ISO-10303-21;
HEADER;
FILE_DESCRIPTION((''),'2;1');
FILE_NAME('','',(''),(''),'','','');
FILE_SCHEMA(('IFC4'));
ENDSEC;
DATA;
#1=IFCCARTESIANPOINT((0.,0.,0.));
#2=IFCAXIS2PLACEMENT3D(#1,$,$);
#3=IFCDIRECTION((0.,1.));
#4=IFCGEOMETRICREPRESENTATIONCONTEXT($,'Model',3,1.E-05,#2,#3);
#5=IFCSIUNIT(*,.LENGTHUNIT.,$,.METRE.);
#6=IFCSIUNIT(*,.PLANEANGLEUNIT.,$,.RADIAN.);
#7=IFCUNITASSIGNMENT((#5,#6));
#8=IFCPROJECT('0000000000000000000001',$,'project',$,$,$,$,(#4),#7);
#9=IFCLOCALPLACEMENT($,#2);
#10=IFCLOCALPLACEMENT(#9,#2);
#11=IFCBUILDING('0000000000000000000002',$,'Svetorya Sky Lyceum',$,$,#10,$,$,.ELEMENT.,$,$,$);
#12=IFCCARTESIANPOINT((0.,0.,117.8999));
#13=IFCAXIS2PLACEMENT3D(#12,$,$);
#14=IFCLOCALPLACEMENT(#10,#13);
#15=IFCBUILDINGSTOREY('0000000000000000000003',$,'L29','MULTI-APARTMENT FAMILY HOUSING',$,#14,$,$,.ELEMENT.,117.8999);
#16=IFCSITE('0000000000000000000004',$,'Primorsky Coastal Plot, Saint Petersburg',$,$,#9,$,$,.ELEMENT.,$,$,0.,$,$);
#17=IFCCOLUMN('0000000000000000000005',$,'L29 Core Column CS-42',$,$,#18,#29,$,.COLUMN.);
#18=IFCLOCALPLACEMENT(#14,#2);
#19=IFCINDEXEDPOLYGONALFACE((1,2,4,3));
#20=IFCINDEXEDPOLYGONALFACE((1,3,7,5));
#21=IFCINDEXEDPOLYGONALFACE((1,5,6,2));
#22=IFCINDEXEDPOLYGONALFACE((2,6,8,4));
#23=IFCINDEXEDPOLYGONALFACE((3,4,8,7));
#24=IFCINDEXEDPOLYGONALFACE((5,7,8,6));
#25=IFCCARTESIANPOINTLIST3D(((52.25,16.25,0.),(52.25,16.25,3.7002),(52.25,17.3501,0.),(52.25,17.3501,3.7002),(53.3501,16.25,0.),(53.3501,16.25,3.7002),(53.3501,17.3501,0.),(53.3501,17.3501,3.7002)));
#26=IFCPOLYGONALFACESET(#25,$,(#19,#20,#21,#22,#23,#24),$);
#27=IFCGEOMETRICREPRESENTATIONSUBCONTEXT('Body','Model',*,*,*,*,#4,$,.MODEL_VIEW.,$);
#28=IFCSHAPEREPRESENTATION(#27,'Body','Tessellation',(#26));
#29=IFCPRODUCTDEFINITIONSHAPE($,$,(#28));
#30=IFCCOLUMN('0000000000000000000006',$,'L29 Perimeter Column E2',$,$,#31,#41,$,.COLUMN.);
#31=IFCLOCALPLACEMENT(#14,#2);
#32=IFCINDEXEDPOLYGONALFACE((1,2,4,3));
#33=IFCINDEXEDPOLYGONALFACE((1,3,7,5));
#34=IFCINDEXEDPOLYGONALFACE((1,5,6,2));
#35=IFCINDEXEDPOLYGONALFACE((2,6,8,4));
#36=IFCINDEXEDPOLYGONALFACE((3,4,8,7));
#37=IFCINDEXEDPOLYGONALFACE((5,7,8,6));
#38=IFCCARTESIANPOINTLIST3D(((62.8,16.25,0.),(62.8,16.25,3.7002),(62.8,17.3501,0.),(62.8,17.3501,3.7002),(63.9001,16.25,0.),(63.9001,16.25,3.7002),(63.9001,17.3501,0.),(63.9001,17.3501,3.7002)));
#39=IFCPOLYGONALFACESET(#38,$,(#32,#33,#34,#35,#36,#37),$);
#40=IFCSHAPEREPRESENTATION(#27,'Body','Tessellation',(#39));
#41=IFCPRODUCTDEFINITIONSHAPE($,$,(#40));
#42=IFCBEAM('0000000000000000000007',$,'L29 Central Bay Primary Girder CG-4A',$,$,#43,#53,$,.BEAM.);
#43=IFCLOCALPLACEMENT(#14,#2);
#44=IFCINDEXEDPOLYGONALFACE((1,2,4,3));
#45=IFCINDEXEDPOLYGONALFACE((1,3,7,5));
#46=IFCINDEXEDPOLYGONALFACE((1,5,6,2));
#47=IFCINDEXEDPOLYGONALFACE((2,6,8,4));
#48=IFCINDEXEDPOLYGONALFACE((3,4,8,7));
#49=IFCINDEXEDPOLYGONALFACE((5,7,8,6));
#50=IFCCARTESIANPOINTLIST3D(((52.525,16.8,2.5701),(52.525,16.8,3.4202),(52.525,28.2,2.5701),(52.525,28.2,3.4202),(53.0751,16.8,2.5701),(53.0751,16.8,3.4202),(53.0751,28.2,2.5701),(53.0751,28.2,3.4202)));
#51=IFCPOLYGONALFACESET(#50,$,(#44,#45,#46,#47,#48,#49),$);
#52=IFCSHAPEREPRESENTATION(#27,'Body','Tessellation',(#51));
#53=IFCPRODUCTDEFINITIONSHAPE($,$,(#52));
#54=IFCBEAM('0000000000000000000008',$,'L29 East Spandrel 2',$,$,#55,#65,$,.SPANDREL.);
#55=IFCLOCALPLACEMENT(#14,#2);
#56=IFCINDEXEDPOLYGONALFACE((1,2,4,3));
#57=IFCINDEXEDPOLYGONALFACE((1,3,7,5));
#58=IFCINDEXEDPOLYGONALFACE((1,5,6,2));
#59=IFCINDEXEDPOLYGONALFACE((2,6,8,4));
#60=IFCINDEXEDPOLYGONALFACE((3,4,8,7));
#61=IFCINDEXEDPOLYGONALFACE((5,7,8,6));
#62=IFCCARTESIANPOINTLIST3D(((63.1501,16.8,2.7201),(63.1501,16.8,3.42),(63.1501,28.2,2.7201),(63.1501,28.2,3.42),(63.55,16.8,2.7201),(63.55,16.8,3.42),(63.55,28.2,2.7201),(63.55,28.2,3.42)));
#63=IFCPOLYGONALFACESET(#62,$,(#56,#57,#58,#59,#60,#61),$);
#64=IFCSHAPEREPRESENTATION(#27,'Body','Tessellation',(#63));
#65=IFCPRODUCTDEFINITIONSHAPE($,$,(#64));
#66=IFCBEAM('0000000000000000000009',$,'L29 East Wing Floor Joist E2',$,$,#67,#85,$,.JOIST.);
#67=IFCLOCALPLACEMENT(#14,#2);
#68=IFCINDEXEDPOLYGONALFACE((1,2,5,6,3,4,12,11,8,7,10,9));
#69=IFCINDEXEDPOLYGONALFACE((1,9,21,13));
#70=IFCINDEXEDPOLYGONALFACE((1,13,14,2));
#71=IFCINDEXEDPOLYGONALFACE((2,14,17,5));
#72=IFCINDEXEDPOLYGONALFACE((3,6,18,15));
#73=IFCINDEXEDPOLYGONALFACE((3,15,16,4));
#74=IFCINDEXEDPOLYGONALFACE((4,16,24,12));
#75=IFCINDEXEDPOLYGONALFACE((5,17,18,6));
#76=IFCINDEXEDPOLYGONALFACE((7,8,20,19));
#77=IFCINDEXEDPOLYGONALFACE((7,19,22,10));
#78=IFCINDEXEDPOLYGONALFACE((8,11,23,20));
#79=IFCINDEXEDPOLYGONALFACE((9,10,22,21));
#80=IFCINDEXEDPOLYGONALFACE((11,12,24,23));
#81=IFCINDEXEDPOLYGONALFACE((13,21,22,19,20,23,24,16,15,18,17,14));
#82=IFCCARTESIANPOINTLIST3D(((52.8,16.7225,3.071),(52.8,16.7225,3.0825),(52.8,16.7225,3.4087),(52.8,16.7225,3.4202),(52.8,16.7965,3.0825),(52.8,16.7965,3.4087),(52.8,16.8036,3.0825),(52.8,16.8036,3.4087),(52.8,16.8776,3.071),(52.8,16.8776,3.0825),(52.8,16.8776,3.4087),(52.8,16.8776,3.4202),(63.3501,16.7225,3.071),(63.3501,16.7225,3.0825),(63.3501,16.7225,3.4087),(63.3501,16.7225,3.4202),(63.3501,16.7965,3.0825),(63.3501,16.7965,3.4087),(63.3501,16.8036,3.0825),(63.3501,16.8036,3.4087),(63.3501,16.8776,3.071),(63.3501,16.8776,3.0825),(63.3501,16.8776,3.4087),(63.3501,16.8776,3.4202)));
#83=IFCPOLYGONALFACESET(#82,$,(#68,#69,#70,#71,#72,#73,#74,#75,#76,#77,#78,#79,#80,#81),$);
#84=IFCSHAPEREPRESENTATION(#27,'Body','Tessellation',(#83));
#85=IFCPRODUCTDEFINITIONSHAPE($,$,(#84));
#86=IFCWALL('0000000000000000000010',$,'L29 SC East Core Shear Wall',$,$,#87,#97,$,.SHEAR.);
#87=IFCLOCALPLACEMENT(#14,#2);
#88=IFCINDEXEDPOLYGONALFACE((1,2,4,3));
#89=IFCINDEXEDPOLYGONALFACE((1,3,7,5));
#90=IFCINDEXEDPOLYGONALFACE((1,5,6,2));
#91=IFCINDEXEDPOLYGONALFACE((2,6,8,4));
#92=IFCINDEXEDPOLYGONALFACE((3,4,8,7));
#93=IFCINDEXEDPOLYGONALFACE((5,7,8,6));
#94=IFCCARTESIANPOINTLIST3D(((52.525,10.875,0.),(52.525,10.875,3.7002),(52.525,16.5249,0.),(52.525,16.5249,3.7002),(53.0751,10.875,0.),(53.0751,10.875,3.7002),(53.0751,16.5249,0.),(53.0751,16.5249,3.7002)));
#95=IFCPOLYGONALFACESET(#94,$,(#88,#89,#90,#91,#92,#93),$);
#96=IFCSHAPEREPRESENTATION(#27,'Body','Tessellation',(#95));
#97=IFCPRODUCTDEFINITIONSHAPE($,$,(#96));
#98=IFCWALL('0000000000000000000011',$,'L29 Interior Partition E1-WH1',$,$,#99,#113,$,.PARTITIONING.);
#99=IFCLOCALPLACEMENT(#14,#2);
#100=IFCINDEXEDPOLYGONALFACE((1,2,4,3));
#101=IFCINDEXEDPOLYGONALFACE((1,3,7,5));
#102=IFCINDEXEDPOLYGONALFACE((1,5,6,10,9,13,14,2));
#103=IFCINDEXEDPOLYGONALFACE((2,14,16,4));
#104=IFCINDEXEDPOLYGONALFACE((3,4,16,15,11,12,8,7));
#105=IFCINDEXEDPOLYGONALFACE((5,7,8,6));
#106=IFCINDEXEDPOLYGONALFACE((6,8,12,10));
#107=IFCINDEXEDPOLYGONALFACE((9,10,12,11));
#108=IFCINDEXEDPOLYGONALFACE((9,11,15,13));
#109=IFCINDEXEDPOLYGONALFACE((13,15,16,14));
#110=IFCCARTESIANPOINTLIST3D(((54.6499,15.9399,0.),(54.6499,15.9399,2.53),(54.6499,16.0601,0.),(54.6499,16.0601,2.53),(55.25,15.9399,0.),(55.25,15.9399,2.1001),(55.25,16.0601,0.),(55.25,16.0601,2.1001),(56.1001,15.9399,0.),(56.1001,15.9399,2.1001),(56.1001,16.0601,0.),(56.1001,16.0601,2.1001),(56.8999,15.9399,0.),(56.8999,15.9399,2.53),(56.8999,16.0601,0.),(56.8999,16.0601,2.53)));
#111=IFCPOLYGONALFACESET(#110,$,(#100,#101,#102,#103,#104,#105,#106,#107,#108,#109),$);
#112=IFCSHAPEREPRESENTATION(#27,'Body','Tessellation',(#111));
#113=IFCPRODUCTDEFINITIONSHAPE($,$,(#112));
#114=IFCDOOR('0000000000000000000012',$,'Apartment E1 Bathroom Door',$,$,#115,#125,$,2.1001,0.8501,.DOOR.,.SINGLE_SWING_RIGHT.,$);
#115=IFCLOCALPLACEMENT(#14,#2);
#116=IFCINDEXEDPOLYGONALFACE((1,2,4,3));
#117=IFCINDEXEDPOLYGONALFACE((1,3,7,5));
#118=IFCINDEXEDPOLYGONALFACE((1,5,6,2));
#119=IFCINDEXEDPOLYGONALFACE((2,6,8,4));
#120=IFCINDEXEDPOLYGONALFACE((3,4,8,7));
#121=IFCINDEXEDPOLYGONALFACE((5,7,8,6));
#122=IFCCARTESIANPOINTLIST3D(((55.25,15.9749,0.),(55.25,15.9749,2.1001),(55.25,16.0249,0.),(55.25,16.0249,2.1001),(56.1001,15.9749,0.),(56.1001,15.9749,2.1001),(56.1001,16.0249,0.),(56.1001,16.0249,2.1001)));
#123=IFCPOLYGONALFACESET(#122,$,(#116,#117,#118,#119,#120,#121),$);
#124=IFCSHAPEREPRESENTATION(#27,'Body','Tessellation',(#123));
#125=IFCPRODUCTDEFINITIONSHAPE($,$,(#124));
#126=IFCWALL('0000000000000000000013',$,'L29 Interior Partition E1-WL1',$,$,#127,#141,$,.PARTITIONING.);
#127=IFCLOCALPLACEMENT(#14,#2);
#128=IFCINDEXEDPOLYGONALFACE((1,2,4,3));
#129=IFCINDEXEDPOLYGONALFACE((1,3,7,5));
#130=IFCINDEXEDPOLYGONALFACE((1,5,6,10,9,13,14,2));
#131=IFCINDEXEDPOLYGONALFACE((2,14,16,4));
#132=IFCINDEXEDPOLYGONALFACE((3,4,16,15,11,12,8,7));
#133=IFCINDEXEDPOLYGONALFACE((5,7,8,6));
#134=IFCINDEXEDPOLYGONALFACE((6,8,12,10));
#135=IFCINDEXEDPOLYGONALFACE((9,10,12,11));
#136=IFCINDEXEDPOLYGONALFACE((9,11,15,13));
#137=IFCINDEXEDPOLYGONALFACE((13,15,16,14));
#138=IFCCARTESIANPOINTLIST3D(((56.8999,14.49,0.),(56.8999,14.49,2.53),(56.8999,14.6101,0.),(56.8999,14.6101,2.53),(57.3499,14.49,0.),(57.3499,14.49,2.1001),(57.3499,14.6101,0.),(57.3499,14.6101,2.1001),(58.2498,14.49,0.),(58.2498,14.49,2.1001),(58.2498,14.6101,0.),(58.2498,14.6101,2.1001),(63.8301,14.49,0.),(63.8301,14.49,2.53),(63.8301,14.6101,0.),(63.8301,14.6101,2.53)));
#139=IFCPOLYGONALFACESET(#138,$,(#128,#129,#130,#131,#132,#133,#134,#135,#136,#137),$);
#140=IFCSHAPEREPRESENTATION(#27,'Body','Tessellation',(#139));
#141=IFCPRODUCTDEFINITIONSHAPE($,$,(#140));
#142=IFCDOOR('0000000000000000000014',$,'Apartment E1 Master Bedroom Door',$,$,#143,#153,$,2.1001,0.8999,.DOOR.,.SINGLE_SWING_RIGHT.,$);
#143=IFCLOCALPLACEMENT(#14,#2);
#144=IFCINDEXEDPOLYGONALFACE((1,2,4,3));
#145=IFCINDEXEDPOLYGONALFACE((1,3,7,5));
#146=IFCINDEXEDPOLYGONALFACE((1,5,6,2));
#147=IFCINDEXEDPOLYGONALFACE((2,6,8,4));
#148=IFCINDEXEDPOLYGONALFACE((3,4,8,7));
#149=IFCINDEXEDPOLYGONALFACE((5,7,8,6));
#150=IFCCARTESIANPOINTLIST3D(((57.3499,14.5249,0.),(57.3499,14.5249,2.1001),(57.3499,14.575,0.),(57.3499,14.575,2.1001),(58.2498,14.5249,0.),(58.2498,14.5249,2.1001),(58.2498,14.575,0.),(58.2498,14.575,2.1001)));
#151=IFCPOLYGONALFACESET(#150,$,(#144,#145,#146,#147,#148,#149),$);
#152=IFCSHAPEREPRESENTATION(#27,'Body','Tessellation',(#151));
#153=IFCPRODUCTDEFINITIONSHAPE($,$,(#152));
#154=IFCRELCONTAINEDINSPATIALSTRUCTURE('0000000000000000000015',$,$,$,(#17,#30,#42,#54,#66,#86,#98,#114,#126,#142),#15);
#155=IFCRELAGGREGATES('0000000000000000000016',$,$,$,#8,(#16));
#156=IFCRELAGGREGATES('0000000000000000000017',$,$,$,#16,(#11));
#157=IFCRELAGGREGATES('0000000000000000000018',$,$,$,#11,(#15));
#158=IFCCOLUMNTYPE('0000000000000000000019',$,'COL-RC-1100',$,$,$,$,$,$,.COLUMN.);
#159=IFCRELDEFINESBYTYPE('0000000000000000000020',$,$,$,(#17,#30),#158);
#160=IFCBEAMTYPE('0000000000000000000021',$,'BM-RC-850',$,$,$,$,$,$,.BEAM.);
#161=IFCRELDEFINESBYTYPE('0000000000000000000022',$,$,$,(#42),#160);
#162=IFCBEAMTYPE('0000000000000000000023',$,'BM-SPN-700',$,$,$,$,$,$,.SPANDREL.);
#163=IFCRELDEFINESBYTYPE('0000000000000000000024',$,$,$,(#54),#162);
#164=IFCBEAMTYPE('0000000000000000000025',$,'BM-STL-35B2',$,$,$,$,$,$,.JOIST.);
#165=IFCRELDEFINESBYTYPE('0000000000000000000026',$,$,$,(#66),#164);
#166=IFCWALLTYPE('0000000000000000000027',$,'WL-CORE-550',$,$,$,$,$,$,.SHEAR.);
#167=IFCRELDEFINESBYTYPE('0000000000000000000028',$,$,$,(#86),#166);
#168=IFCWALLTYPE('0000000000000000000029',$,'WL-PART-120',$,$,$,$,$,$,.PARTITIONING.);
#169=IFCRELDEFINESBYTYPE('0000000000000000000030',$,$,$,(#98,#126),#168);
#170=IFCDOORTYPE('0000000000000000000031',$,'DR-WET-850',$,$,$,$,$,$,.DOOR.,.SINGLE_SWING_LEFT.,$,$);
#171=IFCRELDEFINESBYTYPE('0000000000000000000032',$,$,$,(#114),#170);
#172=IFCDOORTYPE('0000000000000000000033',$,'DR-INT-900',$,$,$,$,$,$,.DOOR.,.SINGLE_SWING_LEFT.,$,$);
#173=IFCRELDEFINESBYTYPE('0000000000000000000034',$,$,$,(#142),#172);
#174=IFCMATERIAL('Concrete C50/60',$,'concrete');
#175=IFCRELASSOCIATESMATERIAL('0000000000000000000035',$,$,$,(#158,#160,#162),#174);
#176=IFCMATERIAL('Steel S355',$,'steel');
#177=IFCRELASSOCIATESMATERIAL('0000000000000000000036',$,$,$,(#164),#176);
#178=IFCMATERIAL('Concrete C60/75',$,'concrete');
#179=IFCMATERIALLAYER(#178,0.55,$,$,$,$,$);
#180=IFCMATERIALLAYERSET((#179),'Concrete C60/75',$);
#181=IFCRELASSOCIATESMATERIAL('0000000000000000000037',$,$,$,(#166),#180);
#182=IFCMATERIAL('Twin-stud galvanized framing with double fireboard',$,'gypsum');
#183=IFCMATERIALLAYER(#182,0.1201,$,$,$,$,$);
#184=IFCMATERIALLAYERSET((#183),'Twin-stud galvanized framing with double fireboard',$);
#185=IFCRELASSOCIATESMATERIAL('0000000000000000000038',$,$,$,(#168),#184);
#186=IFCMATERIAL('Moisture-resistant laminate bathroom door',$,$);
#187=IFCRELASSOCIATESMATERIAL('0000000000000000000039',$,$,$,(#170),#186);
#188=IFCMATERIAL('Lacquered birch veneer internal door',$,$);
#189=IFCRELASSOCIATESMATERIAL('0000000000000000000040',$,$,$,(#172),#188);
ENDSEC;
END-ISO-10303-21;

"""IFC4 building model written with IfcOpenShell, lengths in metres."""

from ifc_helpers import new_model, si_unit, direction, frame, frame_2d, origin, origin_2d, place, context, subcontext, project, spatial, rectangle, i_section, extrude, material, layer, layer_set, material_profile, profile_set, type_object, element, fill, save


model = new_model("IFC4")

# Units and contexts
model_context = context("Model", 3, precision=1e-05, world=origin(), true_north=direction((0.0, 1.0)))
body_context = subcontext(model_context, "Body", "Model", "MODEL_VIEW")
ifc_project = project(units=[si_unit("LENGTHUNIT", "METRE"), si_unit("PLANEANGLEUNIT", "RADIAN")], contexts=[model_context])

# Site, building, storey
site_placement = place(None, origin())
site = spatial("IfcSite", under=ifc_project, at=site_placement, Name="Primorsky Coastal Plot, Saint Petersburg", CompositionType="ELEMENT", RefElevation=0.0)
building_placement = place(site_placement, origin())
building = spatial("IfcBuilding", under=site, at=building_placement, Name="Svetorya Sky Lyceum", CompositionType="ELEMENT")
storey_placement = place(building_placement, frame((0.0, 0.0, 117.8999)))
storey = spatial("IfcBuildingStorey", under=building, at=storey_placement, Name="L29", Description="MULTI-APARTMENT FAMILY HOUSING", CompositionType="ELEMENT", Elevation=117.8999)

# Columns
ifc_material_1 = material(Name="Concrete C50/60", Category="concrete")
ifc_material_profile_1 = material_profile(ifc_material_1, rectangle(XDim=1.1001, YDim=1.1001, at=origin_2d()), Name="RC COL 1100x1100")
ifc_profile_set_1 = profile_set([ifc_material_profile_1], Name="Concrete C50/60")
column_type = type_object("IfcColumnType", Name="COL-RC-1100", PredefinedType="COLUMN", material=ifc_profile_set_1)
for number, where, z_axis, x_axis, name in (
    (1, (52.8, 16.8, 0.0), (0.0, 0.0, 1.0), (1.0, 0.0, 0.0), "L29 Core Column CS-42"),
    (2, (63.3501, 16.8, 0.0), (0.0, 0.0, 1.0), (1.0, 0.0, 0.0), "L29 Perimeter Column E2"),
):
    element("IfcColumn", number, at=place(storey_placement, frame(where, z_axis=z_axis, x_axis=x_axis)), inside=storey, type_object=column_type, Name=name, PredefinedType="COLUMN", context=body_context, shape_type="SweptSolid", body=[
        extrude(rectangle(XDim=1.1001, YDim=1.1001, at=origin_2d()), origin(), (0.0, 0.0, 1.0), 3.7002),
    ])

# Beams
ifc_material_profile_2 = material_profile(ifc_material_1, rectangle(XDim=0.55, YDim=0.8501, at=origin_2d()), Name="RC BEAM 550x850")
ifc_profile_set_2 = profile_set([ifc_material_profile_2], Name="Concrete C50/60")
beam_type_1 = type_object("IfcBeamType", Name="BM-RC-850", PredefinedType="BEAM", material=ifc_profile_set_2)
beam_1_placement = place(storey_placement, frame((52.8, 16.8, 2.9951), z_axis=(0.0, 1.0, 0.0), x_axis=(-1.0, 0.0, 0.0)))
element("IfcBeam", 3, at=beam_1_placement, inside=storey, type_object=beam_type_1, Name="L29 Central Bay Primary Girder CG-4A", PredefinedType="BEAM", context=body_context, shape_type="SweptSolid", body=[
    extrude(rectangle(XDim=0.55, YDim=0.8501, at=origin_2d()), origin(), (0.0, 0.0, 1.0), 11.3999),
])
ifc_material_profile_3 = material_profile(ifc_material_1, rectangle(XDim=0.3999, YDim=0.7, at=origin_2d()), Name="RC SPANDREL 400x700")
ifc_profile_set_3 = profile_set([ifc_material_profile_3], Name="Concrete C50/60")
beam_type_2 = type_object("IfcBeamType", Name="BM-SPN-700", PredefinedType="SPANDREL", material=ifc_profile_set_3)
beam_2_placement = place(storey_placement, frame((63.3501, 16.8, 3.0701), z_axis=(0.0, 1.0, 0.0), x_axis=(-1.0, 0.0, 0.0)))
element("IfcBeam", 4, at=beam_2_placement, inside=storey, type_object=beam_type_2, Name="L29 East Spandrel 2", PredefinedType="SPANDREL", context=body_context, shape_type="SweptSolid", body=[
    extrude(rectangle(XDim=0.3999, YDim=0.7, at=origin_2d()), origin(), (0.0, 0.0, 1.0), 11.3999),
])
ifc_material_2 = material(Name="Steel S355", Category="steel")
ifc_material_profile_4 = material_profile(ifc_material_2, i_section(OverallWidth=0.155, OverallDepth=0.3491, WebThickness=0.0071, FlangeThickness=0.0115, at=origin_2d()), Name="GOST 35B2")
ifc_profile_set_4 = profile_set([ifc_material_profile_4], Name="Steel S355")
beam_type_3 = type_object("IfcBeamType", Name="BM-STL-35B2", PredefinedType="JOIST", material=ifc_profile_set_4)
beam_3_placement = place(storey_placement, frame((52.8, 16.8, 3.2456), z_axis=(1.0, 0.0, 0.0), x_axis=(0.0, 1.0, 0.0)))
element("IfcBeam", 5, at=beam_3_placement, inside=storey, type_object=beam_type_3, Name="L29 East Wing Floor Joist E2", PredefinedType="JOIST", context=body_context, shape_type="SweptSolid", body=[
    extrude(i_section(OverallWidth=0.155, OverallDepth=0.3491, WebThickness=0.0071, FlangeThickness=0.0115, at=origin_2d()), origin(), (0.0, 0.0, 1.0), 10.55),
])

# Wall
ifc_material_3 = material(Name="Concrete C60/75", Category="concrete")
ifc_layer_1 = layer(ifc_material_3, 0.55)
ifc_layer_set_1 = layer_set([ifc_layer_1], Name="Concrete C60/75")
wall_type_1 = type_object("IfcWallType", Name="WL-CORE-550", PredefinedType="SHEAR", material=ifc_layer_set_1)
wall_1_placement = place(storey_placement, frame((52.8, 10.875, 0.0), z_axis=(0.0, 0.0, 1.0), x_axis=(0.0, 1.0, 0.0)))
element("IfcWall", 6, at=wall_1_placement, inside=storey, type_object=wall_type_1, Name="L29 SC East Core Shear Wall", PredefinedType="SHEAR", context=body_context, shape_type="SweptSolid", body=[
    extrude(rectangle(XDim=5.6499, YDim=0.55, at=frame_2d((2.825, 0.0))), origin(), (0.0, 0.0, 1.0), 3.7002),
])

# Walls, openings, doors
ifc_material_4 = material(Name="Twin-stud galvanized framing with double fireboard", Category="gypsum")
ifc_layer_2 = layer(ifc_material_4, 0.1201)
ifc_layer_set_2 = layer_set([ifc_layer_2], Name="Twin-stud galvanized framing with double fireboard")
wall_type_2 = type_object("IfcWallType", Name="WL-PART-120", PredefinedType="PARTITIONING", material=ifc_layer_set_2)
wall_2_placement = place(storey_placement, frame((54.6499, 16.0, 0.0), z_axis=(0.0, 0.0, 1.0), x_axis=(1.0, 0.0, 0.0)))
wall_2 = element("IfcWall", 7, at=wall_2_placement, inside=storey, type_object=wall_type_2, Name="L29 Interior Partition E1-WH1", PredefinedType="PARTITIONING", context=body_context, shape_type="SweptSolid", body=[
    extrude(rectangle(XDim=2.25, YDim=0.1201, at=frame_2d((1.125, 0.0))), origin(), (0.0, 0.0, 1.0), 2.53),
])
opening_1_placement = place(wall_2_placement, frame((0.6001, 0.0, 0.0)))
opening_1 = element("IfcOpeningElement", 8, at=opening_1_placement, cuts=wall_2, PredefinedType="OPENING", context=body_context, shape_type="SweptSolid", body=[
    extrude(rectangle(XDim=0.8501, YDim=2.1001, at=frame_2d((0.425, 1.05))), frame((0.0, 0.0701, 0.0), z_axis=(0.0, -1.0, 0.0), x_axis=(1.0, 0.0, 0.0)), (0.0, 0.0, 1.0), 0.1401),
])
ifc_material_5 = material(Name="Moisture-resistant laminate bathroom door")
door_type_1 = type_object("IfcDoorType", Name="DR-WET-850", OperationType="SINGLE_SWING_LEFT", PredefinedType="DOOR", material=ifc_material_5)
door_1_placement = place(opening_1_placement, origin())
door_1 = element("IfcDoor", 9, at=door_1_placement, inside=storey, type_object=door_type_1, Name="Apartment E1 Bathroom Door", OperationType="SINGLE_SWING_RIGHT", OverallHeight=2.1001, OverallWidth=0.8501, PredefinedType="DOOR", context=body_context, shape_type="SweptSolid", body=[
    extrude(rectangle(XDim=0.8501, YDim=2.1001, at=frame_2d((0.425, 1.05))), frame((0.0, 0.0249, 0.0), z_axis=(0.0, -1.0, 0.0), x_axis=(1.0, 0.0, 0.0)), (0.0, 0.0, 1.0), 0.05),
])
fill(opening_1, door_1)
wall_3_placement = place(storey_placement, frame((56.8999, 14.55, 0.0), z_axis=(0.0, 0.0, 1.0), x_axis=(1.0, 0.0, 0.0)))
wall_3 = element("IfcWall", 10, at=wall_3_placement, inside=storey, type_object=wall_type_2, Name="L29 Interior Partition E1-WL1", PredefinedType="PARTITIONING", context=body_context, shape_type="SweptSolid", body=[
    extrude(rectangle(XDim=6.9302, YDim=0.1201, at=frame_2d((3.4651, 0.0))), origin(), (0.0, 0.0, 1.0), 2.53),
])
opening_2_placement = place(wall_3_placement, frame((0.45, 0.0, 0.0)))
opening_2 = element("IfcOpeningElement", 11, at=opening_2_placement, cuts=wall_3, PredefinedType="OPENING", context=body_context, shape_type="SweptSolid", body=[
    extrude(rectangle(XDim=0.8999, YDim=2.1001, at=frame_2d((0.45, 1.05))), frame((0.0, 0.0701, 0.0), z_axis=(0.0, -1.0, 0.0), x_axis=(1.0, 0.0, 0.0)), (0.0, 0.0, 1.0), 0.1401),
])
ifc_material_6 = material(Name="Lacquered birch veneer internal door")
door_type_2 = type_object("IfcDoorType", Name="DR-INT-900", OperationType="SINGLE_SWING_LEFT", PredefinedType="DOOR", material=ifc_material_6)
door_2_placement = place(opening_2_placement, origin())
door_2 = element("IfcDoor", 12, at=door_2_placement, inside=storey, type_object=door_type_2, Name="Apartment E1 Master Bedroom Door", OperationType="SINGLE_SWING_RIGHT", OverallHeight=2.1001, OverallWidth=0.8999, PredefinedType="DOOR", context=body_context, shape_type="SweptSolid", body=[
    extrude(rectangle(XDim=0.8999, YDim=2.1001, at=frame_2d((0.45, 1.05))), frame((0.0, 0.0249, 0.0), z_axis=(0.0, -1.0, 0.0), x_axis=(1.0, 0.0, 0.0)), (0.0, 0.0, 1.0), 0.05),
])
fill(opening_2, door_2)

save(model, "model.ifc")
